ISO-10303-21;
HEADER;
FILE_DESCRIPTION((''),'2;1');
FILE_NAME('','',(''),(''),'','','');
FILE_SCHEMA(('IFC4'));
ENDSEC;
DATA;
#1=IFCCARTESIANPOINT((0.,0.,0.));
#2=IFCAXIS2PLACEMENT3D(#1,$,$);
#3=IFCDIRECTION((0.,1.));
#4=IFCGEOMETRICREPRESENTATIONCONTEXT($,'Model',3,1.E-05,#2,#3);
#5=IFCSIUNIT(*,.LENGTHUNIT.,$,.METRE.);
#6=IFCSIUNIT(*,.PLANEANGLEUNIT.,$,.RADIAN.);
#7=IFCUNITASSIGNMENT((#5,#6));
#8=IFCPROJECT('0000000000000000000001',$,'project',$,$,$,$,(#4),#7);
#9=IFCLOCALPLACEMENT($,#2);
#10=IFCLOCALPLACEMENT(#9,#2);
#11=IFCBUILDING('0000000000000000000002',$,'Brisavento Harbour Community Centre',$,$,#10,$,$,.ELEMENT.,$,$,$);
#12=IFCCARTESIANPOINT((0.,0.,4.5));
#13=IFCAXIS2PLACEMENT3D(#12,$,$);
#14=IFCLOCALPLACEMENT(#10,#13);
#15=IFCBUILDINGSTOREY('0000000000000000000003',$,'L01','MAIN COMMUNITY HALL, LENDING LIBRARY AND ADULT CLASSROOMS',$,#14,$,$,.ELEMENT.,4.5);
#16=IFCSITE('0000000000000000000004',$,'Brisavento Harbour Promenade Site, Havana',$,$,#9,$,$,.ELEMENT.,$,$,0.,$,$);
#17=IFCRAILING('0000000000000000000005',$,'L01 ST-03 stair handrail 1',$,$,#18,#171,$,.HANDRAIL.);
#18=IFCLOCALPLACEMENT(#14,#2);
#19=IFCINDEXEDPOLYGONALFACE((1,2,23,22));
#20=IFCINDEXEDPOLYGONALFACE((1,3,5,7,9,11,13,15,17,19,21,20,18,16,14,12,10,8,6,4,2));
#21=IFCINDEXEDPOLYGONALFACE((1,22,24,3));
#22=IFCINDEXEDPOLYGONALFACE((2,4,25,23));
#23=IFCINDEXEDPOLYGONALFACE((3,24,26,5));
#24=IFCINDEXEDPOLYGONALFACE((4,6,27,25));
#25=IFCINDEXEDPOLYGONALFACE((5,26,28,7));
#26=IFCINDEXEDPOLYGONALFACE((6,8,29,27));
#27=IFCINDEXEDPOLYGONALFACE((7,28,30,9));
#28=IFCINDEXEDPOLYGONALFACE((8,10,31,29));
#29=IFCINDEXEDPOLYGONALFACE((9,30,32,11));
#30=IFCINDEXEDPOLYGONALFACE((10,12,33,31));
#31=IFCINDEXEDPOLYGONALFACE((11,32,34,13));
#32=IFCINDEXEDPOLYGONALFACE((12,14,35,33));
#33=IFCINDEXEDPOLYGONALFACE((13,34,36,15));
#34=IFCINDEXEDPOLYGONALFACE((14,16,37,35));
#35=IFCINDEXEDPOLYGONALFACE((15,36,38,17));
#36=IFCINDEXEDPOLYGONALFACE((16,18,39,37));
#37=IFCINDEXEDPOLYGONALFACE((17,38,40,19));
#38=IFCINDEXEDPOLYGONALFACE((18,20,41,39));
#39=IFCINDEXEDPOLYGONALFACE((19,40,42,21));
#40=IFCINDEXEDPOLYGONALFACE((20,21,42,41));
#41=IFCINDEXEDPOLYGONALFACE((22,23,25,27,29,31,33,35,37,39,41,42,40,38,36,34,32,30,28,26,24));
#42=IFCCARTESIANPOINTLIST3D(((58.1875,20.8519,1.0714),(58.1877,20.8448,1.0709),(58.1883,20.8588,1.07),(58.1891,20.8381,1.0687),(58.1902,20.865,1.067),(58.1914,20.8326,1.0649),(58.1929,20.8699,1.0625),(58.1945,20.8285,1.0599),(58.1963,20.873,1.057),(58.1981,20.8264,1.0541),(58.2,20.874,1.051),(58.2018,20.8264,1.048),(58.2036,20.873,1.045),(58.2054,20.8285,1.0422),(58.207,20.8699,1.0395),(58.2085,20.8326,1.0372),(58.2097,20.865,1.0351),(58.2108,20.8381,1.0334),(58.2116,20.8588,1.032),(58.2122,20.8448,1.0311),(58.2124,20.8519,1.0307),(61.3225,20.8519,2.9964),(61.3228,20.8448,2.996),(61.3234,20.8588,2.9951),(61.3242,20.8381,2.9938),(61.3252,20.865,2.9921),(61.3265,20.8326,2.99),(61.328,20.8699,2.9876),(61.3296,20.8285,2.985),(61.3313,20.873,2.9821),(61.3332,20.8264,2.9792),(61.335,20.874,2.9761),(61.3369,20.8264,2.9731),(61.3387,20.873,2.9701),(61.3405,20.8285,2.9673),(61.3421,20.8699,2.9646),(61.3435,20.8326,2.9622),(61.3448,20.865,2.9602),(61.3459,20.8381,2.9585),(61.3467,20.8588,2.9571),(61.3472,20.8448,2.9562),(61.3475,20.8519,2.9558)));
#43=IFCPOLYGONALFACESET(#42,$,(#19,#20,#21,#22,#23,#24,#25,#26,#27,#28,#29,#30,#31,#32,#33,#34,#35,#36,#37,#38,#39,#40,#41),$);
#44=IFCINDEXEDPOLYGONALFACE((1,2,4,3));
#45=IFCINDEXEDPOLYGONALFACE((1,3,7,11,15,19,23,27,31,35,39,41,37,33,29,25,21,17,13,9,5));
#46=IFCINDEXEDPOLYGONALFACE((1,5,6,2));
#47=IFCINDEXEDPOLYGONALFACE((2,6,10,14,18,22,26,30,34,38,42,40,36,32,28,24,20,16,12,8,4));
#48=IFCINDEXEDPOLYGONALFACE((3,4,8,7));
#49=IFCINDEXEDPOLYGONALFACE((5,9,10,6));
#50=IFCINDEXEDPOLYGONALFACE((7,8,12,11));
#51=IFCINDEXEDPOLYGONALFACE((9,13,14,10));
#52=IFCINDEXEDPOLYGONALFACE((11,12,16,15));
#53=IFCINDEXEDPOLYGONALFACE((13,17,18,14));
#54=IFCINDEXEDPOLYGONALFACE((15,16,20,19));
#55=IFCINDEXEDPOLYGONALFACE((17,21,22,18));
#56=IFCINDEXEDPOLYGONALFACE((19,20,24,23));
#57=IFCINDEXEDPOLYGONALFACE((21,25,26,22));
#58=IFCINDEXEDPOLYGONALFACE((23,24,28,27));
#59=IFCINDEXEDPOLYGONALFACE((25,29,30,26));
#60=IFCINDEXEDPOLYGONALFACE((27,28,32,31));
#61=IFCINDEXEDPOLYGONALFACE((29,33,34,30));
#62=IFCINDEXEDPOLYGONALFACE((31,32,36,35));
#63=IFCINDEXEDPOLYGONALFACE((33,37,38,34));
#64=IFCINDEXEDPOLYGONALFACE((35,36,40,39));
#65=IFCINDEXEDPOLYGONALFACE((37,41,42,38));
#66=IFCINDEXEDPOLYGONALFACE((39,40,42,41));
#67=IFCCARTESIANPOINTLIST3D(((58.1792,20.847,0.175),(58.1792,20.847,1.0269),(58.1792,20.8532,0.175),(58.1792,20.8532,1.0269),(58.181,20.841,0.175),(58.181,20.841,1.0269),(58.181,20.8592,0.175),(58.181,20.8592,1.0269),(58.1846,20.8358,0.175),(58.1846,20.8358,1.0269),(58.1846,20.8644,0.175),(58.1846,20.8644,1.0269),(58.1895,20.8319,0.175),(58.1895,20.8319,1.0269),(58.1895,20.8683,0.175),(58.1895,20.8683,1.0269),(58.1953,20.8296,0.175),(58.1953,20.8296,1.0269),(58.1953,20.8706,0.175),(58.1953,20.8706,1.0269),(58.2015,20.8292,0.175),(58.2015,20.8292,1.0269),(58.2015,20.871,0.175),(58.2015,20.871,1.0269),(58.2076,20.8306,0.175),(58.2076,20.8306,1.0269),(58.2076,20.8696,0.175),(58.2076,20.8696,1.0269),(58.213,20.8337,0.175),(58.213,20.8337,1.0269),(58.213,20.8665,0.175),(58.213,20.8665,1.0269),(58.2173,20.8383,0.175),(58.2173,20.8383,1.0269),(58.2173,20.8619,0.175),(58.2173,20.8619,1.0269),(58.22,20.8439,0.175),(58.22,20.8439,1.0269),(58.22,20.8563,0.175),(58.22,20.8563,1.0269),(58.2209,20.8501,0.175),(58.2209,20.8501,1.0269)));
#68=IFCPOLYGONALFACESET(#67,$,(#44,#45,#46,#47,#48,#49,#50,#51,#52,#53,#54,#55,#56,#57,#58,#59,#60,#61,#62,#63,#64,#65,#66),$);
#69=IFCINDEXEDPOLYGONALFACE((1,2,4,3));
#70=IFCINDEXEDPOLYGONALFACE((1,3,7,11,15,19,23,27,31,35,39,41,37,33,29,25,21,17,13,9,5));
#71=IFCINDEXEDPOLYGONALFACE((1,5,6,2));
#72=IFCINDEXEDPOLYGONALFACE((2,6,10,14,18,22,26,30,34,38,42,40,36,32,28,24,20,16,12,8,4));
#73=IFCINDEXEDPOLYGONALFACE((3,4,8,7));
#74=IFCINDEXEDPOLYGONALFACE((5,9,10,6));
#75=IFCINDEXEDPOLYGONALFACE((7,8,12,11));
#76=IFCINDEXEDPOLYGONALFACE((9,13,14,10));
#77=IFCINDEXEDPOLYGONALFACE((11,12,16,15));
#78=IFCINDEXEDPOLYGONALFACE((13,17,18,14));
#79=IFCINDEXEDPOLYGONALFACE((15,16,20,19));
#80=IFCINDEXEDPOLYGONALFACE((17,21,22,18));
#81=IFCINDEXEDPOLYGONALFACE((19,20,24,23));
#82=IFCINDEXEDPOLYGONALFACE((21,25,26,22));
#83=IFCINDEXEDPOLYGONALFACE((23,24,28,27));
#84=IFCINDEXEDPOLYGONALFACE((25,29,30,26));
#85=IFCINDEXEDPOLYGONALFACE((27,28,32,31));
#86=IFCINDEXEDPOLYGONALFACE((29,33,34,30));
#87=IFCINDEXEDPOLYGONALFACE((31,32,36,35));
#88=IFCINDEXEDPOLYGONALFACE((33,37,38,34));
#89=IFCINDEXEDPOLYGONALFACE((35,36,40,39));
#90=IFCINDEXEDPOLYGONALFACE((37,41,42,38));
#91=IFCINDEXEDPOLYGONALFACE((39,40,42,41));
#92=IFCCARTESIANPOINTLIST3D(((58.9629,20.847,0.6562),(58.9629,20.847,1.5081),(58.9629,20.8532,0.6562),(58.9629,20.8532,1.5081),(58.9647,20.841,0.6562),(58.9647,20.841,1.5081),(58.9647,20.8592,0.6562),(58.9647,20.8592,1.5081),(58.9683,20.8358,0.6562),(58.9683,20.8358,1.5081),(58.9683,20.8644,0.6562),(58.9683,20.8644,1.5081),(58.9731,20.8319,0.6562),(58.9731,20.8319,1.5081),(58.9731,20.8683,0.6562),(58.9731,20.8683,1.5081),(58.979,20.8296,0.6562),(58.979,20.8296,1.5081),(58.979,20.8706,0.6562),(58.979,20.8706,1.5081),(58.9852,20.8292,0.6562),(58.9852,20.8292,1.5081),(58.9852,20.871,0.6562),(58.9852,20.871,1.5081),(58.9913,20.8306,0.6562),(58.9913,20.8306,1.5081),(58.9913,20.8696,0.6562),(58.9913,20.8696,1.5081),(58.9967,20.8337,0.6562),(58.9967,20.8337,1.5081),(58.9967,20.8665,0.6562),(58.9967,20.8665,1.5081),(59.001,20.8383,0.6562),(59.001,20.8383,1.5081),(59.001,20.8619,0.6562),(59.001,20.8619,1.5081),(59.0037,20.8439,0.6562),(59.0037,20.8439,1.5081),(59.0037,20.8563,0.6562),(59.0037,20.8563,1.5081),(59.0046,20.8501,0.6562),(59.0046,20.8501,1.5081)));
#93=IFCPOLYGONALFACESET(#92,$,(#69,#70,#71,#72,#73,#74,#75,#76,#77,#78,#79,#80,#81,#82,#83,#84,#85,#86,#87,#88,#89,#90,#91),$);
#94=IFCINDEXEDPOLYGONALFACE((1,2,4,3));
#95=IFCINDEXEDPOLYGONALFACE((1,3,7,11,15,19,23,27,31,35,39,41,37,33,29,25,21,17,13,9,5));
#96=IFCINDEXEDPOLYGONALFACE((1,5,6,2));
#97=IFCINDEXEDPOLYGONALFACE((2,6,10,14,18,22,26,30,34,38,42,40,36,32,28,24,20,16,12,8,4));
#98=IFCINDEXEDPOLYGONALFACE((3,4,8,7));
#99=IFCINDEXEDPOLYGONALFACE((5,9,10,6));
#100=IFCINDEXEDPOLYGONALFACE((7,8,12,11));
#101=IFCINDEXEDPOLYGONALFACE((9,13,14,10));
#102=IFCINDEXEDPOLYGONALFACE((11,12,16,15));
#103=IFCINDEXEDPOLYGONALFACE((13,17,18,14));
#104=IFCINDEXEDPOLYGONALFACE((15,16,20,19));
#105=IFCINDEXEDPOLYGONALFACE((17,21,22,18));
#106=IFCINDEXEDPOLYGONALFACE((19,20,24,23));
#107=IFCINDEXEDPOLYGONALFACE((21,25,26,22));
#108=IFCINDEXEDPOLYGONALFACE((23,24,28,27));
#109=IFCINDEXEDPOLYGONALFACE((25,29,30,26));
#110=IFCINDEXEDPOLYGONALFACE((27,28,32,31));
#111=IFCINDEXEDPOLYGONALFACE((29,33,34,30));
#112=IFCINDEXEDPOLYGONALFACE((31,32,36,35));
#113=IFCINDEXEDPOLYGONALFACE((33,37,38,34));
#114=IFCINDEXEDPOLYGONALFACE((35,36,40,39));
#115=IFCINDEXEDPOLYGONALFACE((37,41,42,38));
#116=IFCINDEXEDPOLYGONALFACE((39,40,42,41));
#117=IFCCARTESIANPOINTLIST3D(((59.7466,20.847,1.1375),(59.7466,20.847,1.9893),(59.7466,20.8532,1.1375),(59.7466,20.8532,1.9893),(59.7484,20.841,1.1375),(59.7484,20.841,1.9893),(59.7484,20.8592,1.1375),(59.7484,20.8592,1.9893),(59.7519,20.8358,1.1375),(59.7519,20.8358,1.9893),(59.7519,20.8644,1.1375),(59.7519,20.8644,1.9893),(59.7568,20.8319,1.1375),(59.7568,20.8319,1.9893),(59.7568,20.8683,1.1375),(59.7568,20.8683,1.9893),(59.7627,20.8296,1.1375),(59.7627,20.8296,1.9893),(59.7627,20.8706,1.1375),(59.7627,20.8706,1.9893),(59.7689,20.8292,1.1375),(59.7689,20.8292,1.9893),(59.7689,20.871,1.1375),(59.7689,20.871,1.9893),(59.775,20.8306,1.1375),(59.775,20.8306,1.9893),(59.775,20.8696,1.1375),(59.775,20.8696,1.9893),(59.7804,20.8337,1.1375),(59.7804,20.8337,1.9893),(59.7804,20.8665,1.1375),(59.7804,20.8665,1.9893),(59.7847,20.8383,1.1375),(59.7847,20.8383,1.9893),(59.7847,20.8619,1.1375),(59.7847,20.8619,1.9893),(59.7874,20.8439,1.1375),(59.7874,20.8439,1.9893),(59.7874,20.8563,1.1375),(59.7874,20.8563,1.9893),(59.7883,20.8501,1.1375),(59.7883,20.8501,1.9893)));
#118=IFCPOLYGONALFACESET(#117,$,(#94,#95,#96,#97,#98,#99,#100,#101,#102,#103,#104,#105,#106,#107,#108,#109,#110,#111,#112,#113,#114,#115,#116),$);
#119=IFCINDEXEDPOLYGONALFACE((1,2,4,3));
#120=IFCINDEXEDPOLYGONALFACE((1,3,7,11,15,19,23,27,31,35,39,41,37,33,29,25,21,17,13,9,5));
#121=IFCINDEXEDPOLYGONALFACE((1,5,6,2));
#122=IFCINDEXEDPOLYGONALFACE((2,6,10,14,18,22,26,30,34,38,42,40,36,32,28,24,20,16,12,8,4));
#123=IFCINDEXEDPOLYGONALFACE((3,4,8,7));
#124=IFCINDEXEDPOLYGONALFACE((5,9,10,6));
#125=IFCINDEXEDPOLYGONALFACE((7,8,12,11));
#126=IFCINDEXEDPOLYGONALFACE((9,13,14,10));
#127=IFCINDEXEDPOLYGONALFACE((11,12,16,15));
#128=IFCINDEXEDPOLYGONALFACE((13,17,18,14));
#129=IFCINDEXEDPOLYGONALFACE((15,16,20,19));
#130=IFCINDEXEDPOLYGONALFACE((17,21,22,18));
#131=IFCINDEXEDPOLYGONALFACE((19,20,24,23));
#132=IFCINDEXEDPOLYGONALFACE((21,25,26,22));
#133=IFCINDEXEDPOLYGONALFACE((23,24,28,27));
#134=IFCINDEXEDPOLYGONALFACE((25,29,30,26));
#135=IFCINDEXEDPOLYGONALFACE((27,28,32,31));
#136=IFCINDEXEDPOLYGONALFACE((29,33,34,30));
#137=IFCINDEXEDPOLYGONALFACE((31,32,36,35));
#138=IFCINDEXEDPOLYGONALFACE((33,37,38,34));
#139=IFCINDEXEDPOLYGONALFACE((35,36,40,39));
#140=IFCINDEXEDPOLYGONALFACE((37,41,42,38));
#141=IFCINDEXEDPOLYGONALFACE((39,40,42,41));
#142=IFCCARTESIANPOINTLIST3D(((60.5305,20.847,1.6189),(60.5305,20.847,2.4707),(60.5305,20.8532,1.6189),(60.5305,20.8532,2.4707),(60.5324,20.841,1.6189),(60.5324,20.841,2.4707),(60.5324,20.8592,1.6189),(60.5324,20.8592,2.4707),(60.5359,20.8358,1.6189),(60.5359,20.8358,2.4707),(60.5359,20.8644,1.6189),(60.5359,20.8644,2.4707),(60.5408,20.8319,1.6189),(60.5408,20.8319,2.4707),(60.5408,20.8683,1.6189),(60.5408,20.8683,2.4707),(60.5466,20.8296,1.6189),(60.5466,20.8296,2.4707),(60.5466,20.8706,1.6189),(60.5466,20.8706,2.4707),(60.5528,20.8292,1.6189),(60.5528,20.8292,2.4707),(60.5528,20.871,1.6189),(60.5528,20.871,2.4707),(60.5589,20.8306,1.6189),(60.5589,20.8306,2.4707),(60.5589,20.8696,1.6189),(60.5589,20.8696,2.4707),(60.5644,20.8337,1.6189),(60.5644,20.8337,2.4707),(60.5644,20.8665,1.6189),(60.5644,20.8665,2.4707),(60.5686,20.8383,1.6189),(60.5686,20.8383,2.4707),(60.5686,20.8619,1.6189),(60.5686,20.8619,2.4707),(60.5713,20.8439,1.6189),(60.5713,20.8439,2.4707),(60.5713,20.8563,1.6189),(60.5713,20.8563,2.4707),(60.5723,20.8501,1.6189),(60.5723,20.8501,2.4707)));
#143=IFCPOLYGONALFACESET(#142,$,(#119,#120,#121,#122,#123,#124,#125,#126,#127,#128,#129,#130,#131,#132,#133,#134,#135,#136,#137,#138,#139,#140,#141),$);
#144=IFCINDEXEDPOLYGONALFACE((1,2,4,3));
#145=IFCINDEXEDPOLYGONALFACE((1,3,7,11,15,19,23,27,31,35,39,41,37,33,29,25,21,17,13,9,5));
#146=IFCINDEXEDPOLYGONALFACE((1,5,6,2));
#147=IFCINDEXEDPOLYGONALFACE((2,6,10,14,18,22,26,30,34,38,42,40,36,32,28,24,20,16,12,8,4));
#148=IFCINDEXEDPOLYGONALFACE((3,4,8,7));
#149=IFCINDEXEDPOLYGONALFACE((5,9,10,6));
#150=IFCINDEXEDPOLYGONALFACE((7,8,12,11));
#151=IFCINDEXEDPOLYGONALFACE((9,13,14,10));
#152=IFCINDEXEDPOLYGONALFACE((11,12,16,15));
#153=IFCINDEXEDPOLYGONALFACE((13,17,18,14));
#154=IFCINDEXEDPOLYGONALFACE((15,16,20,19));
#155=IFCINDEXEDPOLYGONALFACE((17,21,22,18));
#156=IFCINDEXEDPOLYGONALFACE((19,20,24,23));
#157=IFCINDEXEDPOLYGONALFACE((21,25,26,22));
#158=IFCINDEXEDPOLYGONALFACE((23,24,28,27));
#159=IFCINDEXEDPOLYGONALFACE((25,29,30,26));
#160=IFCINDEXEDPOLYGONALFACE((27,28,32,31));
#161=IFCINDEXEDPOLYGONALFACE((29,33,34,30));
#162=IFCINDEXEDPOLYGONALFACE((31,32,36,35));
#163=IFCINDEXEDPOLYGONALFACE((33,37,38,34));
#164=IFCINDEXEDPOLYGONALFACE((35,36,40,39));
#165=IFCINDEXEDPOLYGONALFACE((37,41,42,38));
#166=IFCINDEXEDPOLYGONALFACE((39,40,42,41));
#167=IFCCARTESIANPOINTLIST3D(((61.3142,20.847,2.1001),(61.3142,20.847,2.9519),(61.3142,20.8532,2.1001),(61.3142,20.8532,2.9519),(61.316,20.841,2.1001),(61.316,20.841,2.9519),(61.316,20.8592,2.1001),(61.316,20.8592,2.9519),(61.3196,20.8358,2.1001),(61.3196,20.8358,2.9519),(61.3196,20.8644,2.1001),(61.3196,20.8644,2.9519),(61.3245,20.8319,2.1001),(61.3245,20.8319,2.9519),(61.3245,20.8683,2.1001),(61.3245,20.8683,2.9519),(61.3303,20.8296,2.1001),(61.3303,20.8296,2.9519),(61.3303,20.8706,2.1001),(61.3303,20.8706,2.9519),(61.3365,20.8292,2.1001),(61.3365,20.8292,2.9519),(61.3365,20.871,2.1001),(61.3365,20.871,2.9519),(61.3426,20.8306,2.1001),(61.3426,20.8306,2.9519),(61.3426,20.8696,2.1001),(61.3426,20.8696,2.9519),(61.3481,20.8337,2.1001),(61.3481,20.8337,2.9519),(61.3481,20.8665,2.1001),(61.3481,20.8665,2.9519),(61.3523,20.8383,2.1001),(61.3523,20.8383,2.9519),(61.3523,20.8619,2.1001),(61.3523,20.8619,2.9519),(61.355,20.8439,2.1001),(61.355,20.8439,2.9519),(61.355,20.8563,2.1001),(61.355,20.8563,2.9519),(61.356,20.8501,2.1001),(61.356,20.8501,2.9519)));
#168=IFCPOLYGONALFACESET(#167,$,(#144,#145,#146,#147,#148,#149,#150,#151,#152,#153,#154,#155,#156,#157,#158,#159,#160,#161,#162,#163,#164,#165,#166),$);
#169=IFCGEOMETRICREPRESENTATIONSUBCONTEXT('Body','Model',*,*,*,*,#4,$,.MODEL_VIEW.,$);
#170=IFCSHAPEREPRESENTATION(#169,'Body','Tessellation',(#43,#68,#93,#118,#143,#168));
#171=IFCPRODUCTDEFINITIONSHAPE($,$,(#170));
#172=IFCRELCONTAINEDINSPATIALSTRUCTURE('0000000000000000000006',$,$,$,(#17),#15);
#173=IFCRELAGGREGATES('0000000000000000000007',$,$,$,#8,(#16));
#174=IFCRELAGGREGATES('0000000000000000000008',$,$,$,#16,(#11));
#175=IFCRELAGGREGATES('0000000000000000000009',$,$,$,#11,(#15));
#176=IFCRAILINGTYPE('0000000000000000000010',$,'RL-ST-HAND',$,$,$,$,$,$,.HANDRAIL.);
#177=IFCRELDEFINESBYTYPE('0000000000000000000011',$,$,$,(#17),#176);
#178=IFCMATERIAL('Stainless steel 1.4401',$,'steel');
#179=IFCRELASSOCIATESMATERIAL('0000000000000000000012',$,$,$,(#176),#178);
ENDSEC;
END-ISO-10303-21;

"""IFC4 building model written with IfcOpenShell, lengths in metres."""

from ifc_helpers import new_model, si_unit, direction, frame, origin, origin_2d, place, context, subcontext, project, spatial, circle, extrude, material, type_object, element, save


model = new_model("IFC4")

# Units and contexts
model_context = context("Model", 3, precision=1e-05, world=origin(), true_north=direction((0.0, 1.0)))
body_context = subcontext(model_context, "Body", "Model", "MODEL_VIEW")
ifc_project = project(units=[si_unit("LENGTHUNIT", "METRE"), si_unit("PLANEANGLEUNIT", "RADIAN")], contexts=[model_context])

# Site, building, storey
site_placement = place(None, origin())
site = spatial("IfcSite", under=ifc_project, at=site_placement, Name="Brisavento Harbour Promenade Site, Havana", CompositionType="ELEMENT", RefElevation=0.0)
building_placement = place(site_placement, origin())
building = spatial("IfcBuilding", under=site, at=building_placement, Name="Brisavento Harbour Community Centre", CompositionType="ELEMENT")
storey_placement = place(building_placement, frame((0.0, 0.0, 4.5)))
storey = spatial("IfcBuildingStorey", under=building, at=storey_placement, Name="L01", Description="MAIN COMMUNITY HALL, LENDING LIBRARY AND ADULT CLASSROOMS", CompositionType="ELEMENT", Elevation=4.5)

# Shared definitions
ifc_material_1 = material(Name="Stainless steel 1.4401", Category="steel")

# Railing
railing_type_1 = type_object("IfcRailingType", Name="RL-ST-HAND", PredefinedType="HANDRAIL", material=ifc_material_1)
railing_1_placement = place(storey_placement, frame((58.2, 20.8501, 0.175)))
element("IfcRailing", 1, at=railing_1_placement, inside=storey, type_object=railing_type_1, Name="L01 ST-03 stair handrail 1", PredefinedType="HANDRAIL", context=body_context, shape_type="SweptSolid", body=[
    extrude(circle(Radius=0.0239, at=origin_2d()), frame((0.0, 0.0, 0.876), z_axis=(0.852166, 0.0, 0.523271), x_axis=(0.0, 1.0, 0.0)), (0.0, 0.0, 1.0), 3.679),
    extrude(circle(Radius=0.021, at=origin_2d()), origin(), (0.0, 0.0, 1.0), 0.8518),
    extrude(circle(Radius=0.021, at=origin_2d()), frame((0.7837, 0.0, 0.4812)), (0.0, 0.0, 1.0), 0.8518),
    extrude(circle(Radius=0.021, at=origin_2d()), frame((1.5674, 0.0, 0.9624)), (0.0, 0.0, 1.0), 0.8518),
    extrude(circle(Radius=0.021, at=origin_2d()), frame((2.3513, 0.0, 1.4438)), (0.0, 0.0, 1.0), 0.8518),
    extrude(circle(Radius=0.021, at=origin_2d()), frame((3.135, 0.0, 1.925)), (0.0, 0.0, 1.0), 0.8518),
])

save(model, "model.ifc")
